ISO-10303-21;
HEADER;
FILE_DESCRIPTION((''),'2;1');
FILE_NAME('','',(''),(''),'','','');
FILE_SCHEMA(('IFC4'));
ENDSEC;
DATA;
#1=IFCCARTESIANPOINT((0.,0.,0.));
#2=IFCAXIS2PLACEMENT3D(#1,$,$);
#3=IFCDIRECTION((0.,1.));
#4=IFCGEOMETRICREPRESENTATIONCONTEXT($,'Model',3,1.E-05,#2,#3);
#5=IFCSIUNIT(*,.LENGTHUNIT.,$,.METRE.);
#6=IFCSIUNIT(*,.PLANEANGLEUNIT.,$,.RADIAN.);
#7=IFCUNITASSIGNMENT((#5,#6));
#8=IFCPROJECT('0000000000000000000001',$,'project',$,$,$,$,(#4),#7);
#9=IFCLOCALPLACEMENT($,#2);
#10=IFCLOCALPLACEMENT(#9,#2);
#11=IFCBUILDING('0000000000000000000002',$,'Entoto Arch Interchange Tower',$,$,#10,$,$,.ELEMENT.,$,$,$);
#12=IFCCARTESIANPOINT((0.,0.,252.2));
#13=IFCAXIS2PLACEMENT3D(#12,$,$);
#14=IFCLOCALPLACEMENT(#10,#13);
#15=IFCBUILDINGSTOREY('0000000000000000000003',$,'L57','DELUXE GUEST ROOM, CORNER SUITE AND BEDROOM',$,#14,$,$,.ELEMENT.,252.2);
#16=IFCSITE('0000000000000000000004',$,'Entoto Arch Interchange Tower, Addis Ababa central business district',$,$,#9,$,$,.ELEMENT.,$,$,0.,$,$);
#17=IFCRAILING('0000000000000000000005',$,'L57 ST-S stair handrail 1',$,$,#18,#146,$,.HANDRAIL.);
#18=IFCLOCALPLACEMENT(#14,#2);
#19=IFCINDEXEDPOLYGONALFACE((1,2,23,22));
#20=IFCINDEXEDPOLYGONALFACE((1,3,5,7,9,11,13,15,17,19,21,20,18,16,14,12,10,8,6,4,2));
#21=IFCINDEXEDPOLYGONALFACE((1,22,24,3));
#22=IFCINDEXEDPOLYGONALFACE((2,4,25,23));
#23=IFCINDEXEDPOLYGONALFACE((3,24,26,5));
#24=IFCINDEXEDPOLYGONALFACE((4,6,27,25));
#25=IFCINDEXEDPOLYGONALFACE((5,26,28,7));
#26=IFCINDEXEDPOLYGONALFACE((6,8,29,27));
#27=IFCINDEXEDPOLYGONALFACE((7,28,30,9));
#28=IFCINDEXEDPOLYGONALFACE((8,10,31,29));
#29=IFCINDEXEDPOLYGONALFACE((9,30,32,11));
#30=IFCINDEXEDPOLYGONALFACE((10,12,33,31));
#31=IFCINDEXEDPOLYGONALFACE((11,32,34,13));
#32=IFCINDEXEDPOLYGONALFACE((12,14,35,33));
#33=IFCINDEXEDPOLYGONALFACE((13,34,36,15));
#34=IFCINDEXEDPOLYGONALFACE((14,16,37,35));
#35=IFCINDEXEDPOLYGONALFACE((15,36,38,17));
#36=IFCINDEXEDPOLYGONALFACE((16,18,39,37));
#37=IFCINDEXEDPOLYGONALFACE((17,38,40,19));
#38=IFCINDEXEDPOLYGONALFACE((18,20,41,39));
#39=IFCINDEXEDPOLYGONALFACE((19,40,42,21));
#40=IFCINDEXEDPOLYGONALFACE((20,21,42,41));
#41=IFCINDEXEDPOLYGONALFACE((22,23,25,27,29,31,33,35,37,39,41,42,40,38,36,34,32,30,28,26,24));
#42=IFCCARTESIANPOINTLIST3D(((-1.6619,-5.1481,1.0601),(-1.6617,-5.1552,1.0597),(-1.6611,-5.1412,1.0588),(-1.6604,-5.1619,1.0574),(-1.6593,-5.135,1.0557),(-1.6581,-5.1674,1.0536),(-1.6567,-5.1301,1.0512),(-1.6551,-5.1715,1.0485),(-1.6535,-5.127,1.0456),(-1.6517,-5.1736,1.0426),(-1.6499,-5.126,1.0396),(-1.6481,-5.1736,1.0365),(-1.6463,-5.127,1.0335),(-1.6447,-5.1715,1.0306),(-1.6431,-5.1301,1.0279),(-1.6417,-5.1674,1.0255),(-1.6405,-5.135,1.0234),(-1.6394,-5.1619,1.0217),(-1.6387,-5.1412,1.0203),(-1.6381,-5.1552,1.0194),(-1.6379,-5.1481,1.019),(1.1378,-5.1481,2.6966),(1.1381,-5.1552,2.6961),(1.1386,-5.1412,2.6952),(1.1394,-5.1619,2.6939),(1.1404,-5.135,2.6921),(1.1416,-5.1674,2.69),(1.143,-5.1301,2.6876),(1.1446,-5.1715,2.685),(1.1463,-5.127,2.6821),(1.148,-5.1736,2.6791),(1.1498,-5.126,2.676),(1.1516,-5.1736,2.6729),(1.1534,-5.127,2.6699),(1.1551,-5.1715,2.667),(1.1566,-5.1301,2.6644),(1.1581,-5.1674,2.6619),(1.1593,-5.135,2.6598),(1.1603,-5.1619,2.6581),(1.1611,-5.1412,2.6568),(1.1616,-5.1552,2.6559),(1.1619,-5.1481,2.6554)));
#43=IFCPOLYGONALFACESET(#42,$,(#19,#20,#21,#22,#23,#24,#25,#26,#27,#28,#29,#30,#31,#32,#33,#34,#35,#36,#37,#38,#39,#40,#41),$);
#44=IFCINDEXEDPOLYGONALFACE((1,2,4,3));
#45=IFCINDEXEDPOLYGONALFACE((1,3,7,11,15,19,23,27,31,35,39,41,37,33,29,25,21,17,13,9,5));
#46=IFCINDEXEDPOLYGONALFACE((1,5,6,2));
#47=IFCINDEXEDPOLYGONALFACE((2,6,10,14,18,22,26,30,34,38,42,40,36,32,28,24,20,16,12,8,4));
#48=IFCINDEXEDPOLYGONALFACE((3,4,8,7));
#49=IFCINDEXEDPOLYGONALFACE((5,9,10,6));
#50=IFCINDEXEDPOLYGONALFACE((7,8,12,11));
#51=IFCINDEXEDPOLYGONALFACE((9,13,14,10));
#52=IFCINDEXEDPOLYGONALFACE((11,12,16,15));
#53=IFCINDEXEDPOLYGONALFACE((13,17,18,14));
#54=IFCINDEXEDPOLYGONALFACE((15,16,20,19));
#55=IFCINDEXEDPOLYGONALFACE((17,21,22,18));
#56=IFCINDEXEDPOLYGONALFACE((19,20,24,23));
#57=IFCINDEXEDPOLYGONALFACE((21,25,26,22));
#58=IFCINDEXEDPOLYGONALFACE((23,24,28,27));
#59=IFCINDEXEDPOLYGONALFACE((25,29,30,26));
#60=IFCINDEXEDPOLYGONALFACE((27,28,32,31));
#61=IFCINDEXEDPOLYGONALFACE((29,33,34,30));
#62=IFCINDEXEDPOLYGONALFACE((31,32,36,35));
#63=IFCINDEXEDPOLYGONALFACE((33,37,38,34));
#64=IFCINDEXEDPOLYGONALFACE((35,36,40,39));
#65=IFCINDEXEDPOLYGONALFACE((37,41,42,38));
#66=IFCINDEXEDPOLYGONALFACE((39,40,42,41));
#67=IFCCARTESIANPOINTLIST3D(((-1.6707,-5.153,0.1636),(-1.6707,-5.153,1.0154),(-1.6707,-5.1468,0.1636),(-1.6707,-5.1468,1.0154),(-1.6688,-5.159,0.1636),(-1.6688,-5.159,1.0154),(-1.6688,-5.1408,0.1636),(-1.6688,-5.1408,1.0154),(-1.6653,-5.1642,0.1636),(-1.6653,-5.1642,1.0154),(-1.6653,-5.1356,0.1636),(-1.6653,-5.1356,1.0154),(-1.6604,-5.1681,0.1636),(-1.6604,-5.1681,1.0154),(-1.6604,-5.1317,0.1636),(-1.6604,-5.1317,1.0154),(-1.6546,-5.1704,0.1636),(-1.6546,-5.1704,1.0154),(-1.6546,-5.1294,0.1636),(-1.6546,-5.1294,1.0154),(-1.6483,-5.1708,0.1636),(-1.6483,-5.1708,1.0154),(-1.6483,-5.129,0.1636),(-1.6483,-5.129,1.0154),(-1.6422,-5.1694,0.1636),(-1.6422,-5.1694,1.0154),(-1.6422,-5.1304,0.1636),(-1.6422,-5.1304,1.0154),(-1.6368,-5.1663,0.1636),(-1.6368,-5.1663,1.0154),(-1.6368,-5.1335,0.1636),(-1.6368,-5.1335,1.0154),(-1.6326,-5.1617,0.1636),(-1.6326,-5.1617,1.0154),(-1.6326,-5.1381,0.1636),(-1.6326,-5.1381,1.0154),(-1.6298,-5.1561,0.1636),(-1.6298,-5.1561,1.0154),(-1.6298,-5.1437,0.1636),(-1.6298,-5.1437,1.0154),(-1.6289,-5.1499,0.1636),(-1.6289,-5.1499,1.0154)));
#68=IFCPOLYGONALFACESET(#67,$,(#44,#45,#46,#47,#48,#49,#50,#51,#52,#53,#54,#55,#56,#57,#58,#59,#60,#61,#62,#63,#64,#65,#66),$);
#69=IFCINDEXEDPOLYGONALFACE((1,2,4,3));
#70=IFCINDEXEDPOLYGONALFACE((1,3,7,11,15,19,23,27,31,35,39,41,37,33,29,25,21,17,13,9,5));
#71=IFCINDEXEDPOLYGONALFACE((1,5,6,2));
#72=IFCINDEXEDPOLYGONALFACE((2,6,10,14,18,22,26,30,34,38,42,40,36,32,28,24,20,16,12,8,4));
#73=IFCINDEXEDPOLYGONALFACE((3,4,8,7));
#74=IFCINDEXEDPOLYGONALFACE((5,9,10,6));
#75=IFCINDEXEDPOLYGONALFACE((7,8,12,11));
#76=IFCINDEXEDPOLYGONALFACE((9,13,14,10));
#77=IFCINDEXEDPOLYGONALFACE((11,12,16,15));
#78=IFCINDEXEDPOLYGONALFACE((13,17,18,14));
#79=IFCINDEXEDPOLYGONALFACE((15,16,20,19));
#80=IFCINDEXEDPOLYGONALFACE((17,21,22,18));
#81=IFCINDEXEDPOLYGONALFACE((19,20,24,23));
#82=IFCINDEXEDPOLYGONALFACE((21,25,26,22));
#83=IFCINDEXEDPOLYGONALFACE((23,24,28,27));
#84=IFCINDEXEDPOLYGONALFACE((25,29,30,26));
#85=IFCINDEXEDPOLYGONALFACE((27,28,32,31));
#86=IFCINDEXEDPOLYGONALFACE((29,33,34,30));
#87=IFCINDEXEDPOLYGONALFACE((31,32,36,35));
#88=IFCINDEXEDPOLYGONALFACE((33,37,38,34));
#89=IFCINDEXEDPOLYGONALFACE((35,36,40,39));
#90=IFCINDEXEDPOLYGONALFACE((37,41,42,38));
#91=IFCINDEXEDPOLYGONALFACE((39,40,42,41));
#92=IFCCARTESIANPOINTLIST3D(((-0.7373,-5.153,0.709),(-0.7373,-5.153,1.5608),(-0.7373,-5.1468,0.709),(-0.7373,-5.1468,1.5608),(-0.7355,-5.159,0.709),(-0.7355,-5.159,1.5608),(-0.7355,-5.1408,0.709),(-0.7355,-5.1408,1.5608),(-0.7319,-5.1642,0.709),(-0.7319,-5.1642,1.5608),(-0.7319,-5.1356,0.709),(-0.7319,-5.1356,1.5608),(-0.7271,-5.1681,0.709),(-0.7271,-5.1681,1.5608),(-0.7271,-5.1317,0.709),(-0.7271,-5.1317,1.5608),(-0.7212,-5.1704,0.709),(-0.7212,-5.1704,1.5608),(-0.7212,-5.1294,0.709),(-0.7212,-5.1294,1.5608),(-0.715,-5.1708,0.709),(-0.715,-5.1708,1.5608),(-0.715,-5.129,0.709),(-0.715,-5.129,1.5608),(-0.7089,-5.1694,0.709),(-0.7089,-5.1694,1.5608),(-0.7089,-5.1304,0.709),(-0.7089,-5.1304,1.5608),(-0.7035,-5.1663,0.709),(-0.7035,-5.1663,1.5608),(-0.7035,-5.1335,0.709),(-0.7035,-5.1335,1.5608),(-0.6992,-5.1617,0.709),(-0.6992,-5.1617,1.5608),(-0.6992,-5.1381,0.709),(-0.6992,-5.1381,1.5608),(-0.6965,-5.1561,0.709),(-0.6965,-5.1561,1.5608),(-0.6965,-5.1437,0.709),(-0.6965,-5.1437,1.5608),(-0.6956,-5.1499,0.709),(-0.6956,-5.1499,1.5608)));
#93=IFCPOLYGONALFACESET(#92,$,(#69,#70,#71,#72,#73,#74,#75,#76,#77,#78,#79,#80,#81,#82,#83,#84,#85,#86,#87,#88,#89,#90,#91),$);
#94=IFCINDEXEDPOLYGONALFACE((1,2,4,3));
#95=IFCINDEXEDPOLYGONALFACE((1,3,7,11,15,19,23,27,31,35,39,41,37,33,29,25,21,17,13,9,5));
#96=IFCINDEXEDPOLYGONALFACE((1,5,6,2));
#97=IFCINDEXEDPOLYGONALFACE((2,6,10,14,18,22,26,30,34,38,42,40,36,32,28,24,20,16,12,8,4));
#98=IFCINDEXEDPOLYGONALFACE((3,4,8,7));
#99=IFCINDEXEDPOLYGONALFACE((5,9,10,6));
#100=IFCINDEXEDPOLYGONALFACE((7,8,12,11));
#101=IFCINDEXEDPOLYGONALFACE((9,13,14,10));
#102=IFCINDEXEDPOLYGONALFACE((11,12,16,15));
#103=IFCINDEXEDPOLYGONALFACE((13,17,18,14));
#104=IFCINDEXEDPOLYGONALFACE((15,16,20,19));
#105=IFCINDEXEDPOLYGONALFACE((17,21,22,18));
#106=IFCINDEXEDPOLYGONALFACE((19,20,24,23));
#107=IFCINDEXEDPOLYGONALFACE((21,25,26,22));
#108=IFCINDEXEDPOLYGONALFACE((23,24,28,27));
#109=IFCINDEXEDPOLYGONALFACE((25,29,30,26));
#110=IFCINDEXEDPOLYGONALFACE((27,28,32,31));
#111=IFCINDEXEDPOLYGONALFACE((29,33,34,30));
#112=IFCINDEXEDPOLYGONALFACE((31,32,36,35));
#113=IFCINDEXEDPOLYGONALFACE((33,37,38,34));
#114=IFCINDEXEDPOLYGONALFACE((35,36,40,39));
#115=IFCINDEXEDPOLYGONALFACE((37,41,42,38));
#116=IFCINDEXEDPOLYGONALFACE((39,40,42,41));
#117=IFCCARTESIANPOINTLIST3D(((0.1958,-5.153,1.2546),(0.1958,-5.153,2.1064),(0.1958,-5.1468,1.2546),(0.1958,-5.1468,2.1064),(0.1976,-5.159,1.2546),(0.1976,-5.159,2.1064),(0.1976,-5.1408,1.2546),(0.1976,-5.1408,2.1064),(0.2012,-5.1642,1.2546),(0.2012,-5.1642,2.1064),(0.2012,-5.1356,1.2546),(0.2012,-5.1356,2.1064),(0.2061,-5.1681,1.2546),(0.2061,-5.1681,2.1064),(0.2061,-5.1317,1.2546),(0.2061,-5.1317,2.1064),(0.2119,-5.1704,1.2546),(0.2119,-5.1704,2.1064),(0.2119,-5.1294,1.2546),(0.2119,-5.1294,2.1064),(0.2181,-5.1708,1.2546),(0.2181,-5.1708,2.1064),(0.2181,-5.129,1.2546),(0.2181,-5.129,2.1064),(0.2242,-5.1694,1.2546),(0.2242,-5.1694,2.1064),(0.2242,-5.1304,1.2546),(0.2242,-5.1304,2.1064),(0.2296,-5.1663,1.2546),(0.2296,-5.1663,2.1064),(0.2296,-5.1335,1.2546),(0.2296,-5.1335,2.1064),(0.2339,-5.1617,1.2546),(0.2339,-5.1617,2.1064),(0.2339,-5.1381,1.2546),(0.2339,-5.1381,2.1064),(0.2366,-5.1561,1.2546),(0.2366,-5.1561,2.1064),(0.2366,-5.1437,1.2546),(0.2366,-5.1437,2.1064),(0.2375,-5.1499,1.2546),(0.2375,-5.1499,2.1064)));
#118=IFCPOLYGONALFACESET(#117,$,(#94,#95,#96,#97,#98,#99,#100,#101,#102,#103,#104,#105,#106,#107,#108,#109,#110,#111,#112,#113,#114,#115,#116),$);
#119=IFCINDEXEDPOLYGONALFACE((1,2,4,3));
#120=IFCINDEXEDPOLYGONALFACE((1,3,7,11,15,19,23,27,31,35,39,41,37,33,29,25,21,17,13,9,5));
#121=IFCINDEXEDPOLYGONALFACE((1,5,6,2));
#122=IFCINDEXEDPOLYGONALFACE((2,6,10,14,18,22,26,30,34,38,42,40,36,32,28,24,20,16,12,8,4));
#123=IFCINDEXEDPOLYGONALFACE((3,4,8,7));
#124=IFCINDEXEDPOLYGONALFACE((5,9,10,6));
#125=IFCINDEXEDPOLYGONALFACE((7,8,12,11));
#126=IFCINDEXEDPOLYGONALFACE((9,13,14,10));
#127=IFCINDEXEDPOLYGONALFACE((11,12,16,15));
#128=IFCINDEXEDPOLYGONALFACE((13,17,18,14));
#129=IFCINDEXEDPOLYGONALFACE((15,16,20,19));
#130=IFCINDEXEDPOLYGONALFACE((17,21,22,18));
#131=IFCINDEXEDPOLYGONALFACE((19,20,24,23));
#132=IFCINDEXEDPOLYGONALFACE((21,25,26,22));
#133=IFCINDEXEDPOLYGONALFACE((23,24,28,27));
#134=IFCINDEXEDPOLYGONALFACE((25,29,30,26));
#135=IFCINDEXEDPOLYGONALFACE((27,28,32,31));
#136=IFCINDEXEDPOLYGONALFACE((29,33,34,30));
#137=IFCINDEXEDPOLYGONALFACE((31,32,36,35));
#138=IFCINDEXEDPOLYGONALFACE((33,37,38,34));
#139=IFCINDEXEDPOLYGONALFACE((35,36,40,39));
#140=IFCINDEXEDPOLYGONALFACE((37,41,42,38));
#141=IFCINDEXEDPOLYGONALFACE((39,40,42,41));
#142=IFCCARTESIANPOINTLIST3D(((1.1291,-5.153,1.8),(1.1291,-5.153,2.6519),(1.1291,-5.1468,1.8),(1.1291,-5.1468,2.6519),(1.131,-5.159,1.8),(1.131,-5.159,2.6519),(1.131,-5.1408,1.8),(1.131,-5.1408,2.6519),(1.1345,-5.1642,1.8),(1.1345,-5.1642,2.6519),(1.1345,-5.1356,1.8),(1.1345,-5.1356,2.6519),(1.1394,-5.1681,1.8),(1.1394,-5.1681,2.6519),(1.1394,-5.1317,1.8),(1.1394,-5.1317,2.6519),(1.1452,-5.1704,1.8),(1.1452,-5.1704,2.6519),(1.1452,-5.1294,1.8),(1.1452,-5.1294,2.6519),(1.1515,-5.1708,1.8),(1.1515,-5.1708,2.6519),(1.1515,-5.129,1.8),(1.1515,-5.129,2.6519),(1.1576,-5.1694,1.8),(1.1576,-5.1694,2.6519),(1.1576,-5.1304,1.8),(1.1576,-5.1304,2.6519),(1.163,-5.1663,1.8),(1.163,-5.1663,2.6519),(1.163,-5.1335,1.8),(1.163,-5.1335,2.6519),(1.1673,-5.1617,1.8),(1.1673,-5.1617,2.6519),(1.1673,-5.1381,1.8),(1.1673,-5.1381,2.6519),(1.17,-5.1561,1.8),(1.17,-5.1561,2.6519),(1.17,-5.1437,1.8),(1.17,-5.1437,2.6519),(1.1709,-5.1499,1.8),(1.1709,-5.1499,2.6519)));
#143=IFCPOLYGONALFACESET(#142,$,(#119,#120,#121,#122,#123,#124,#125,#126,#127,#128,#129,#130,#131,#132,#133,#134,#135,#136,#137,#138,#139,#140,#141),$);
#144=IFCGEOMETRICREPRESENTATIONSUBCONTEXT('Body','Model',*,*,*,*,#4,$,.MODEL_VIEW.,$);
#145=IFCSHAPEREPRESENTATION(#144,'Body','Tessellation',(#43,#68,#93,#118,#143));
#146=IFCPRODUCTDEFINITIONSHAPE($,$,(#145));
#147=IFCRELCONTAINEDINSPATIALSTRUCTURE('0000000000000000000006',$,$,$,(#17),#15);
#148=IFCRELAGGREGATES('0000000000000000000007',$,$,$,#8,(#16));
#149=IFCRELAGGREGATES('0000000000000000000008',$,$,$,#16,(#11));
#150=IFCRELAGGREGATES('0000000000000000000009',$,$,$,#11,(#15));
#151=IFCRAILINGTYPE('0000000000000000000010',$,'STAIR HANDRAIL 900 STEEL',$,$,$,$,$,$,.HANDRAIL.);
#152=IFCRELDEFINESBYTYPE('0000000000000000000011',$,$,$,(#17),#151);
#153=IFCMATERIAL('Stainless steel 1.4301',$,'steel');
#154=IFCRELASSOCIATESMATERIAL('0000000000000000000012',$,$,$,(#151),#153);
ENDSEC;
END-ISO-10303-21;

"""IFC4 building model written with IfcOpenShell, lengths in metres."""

from ifc_helpers import new_model, si_unit, direction, frame, origin, origin_2d, place, context, subcontext, project, spatial, circle, extrude, material, type_object, element, save


model = new_model("IFC4")

# Units and contexts
model_context = context("Model", 3, precision=1e-05, world=origin(), true_north=direction((0.0, 1.0)))
body_context = subcontext(model_context, "Body", "Model", "MODEL_VIEW")
ifc_project = project(units=[si_unit("LENGTHUNIT", "METRE"), si_unit("PLANEANGLEUNIT", "RADIAN")], contexts=[model_context])

# Site, building, storey
site_placement = place(None, origin())
site = spatial("IfcSite", under=ifc_project, at=site_placement, Name="Entoto Arch Interchange Tower, Addis Ababa central business district", CompositionType="ELEMENT", RefElevation=0.0)
building_placement = place(site_placement, origin())
building = spatial("IfcBuilding", under=site, at=building_placement, Name="Entoto Arch Interchange Tower", CompositionType="ELEMENT")
storey_placement = place(building_placement, frame((0.0, 0.0, 252.2)))
storey = spatial("IfcBuildingStorey", under=building, at=storey_placement, Name="L57", Description="DELUXE GUEST ROOM, CORNER SUITE AND BEDROOM", CompositionType="ELEMENT", Elevation=252.2)

# Railing
ifc_material_1 = material(Name="Stainless steel 1.4301", Category="steel")
railing_type = type_object("IfcRailingType", Name="STAIR HANDRAIL 900 STEEL", PredefinedType="HANDRAIL", material=ifc_material_1)
railing_placement = place(storey_placement, frame((-1.6499, -5.1499, 0.1636)))
element("IfcRailing", 1, at=railing_placement, inside=storey, type_object=railing_type, Name="L57 ST-S stair handrail 1", PredefinedType="HANDRAIL", context=body_context, shape_type="SweptSolid", body=[
    extrude(circle(Radius=0.0239, at=origin_2d()), frame((0.0, 0.0, 0.876), z_axis=(0.863342, 0.0, 0.50462), x_axis=(0.0, 1.0, 0.0)), (0.0, 0.0, 1.0), 3.2429),
    extrude(circle(Radius=0.021, at=origin_2d()), origin(), (0.0, 0.0, 1.0), 0.8518),
    extrude(circle(Radius=0.021, at=origin_2d()), frame((0.9333, 0.0, 0.5454)), (0.0, 0.0, 1.0), 0.8518),
    extrude(circle(Radius=0.021, at=origin_2d()), frame((1.8665, 0.0, 1.0911)), (0.0, 0.0, 1.0), 0.8518),
    extrude(circle(Radius=0.021, at=origin_2d()), frame((2.7998, 0.0, 1.6365)), (0.0, 0.0, 1.0), 0.8518),
])

save(model, "model.ifc")
